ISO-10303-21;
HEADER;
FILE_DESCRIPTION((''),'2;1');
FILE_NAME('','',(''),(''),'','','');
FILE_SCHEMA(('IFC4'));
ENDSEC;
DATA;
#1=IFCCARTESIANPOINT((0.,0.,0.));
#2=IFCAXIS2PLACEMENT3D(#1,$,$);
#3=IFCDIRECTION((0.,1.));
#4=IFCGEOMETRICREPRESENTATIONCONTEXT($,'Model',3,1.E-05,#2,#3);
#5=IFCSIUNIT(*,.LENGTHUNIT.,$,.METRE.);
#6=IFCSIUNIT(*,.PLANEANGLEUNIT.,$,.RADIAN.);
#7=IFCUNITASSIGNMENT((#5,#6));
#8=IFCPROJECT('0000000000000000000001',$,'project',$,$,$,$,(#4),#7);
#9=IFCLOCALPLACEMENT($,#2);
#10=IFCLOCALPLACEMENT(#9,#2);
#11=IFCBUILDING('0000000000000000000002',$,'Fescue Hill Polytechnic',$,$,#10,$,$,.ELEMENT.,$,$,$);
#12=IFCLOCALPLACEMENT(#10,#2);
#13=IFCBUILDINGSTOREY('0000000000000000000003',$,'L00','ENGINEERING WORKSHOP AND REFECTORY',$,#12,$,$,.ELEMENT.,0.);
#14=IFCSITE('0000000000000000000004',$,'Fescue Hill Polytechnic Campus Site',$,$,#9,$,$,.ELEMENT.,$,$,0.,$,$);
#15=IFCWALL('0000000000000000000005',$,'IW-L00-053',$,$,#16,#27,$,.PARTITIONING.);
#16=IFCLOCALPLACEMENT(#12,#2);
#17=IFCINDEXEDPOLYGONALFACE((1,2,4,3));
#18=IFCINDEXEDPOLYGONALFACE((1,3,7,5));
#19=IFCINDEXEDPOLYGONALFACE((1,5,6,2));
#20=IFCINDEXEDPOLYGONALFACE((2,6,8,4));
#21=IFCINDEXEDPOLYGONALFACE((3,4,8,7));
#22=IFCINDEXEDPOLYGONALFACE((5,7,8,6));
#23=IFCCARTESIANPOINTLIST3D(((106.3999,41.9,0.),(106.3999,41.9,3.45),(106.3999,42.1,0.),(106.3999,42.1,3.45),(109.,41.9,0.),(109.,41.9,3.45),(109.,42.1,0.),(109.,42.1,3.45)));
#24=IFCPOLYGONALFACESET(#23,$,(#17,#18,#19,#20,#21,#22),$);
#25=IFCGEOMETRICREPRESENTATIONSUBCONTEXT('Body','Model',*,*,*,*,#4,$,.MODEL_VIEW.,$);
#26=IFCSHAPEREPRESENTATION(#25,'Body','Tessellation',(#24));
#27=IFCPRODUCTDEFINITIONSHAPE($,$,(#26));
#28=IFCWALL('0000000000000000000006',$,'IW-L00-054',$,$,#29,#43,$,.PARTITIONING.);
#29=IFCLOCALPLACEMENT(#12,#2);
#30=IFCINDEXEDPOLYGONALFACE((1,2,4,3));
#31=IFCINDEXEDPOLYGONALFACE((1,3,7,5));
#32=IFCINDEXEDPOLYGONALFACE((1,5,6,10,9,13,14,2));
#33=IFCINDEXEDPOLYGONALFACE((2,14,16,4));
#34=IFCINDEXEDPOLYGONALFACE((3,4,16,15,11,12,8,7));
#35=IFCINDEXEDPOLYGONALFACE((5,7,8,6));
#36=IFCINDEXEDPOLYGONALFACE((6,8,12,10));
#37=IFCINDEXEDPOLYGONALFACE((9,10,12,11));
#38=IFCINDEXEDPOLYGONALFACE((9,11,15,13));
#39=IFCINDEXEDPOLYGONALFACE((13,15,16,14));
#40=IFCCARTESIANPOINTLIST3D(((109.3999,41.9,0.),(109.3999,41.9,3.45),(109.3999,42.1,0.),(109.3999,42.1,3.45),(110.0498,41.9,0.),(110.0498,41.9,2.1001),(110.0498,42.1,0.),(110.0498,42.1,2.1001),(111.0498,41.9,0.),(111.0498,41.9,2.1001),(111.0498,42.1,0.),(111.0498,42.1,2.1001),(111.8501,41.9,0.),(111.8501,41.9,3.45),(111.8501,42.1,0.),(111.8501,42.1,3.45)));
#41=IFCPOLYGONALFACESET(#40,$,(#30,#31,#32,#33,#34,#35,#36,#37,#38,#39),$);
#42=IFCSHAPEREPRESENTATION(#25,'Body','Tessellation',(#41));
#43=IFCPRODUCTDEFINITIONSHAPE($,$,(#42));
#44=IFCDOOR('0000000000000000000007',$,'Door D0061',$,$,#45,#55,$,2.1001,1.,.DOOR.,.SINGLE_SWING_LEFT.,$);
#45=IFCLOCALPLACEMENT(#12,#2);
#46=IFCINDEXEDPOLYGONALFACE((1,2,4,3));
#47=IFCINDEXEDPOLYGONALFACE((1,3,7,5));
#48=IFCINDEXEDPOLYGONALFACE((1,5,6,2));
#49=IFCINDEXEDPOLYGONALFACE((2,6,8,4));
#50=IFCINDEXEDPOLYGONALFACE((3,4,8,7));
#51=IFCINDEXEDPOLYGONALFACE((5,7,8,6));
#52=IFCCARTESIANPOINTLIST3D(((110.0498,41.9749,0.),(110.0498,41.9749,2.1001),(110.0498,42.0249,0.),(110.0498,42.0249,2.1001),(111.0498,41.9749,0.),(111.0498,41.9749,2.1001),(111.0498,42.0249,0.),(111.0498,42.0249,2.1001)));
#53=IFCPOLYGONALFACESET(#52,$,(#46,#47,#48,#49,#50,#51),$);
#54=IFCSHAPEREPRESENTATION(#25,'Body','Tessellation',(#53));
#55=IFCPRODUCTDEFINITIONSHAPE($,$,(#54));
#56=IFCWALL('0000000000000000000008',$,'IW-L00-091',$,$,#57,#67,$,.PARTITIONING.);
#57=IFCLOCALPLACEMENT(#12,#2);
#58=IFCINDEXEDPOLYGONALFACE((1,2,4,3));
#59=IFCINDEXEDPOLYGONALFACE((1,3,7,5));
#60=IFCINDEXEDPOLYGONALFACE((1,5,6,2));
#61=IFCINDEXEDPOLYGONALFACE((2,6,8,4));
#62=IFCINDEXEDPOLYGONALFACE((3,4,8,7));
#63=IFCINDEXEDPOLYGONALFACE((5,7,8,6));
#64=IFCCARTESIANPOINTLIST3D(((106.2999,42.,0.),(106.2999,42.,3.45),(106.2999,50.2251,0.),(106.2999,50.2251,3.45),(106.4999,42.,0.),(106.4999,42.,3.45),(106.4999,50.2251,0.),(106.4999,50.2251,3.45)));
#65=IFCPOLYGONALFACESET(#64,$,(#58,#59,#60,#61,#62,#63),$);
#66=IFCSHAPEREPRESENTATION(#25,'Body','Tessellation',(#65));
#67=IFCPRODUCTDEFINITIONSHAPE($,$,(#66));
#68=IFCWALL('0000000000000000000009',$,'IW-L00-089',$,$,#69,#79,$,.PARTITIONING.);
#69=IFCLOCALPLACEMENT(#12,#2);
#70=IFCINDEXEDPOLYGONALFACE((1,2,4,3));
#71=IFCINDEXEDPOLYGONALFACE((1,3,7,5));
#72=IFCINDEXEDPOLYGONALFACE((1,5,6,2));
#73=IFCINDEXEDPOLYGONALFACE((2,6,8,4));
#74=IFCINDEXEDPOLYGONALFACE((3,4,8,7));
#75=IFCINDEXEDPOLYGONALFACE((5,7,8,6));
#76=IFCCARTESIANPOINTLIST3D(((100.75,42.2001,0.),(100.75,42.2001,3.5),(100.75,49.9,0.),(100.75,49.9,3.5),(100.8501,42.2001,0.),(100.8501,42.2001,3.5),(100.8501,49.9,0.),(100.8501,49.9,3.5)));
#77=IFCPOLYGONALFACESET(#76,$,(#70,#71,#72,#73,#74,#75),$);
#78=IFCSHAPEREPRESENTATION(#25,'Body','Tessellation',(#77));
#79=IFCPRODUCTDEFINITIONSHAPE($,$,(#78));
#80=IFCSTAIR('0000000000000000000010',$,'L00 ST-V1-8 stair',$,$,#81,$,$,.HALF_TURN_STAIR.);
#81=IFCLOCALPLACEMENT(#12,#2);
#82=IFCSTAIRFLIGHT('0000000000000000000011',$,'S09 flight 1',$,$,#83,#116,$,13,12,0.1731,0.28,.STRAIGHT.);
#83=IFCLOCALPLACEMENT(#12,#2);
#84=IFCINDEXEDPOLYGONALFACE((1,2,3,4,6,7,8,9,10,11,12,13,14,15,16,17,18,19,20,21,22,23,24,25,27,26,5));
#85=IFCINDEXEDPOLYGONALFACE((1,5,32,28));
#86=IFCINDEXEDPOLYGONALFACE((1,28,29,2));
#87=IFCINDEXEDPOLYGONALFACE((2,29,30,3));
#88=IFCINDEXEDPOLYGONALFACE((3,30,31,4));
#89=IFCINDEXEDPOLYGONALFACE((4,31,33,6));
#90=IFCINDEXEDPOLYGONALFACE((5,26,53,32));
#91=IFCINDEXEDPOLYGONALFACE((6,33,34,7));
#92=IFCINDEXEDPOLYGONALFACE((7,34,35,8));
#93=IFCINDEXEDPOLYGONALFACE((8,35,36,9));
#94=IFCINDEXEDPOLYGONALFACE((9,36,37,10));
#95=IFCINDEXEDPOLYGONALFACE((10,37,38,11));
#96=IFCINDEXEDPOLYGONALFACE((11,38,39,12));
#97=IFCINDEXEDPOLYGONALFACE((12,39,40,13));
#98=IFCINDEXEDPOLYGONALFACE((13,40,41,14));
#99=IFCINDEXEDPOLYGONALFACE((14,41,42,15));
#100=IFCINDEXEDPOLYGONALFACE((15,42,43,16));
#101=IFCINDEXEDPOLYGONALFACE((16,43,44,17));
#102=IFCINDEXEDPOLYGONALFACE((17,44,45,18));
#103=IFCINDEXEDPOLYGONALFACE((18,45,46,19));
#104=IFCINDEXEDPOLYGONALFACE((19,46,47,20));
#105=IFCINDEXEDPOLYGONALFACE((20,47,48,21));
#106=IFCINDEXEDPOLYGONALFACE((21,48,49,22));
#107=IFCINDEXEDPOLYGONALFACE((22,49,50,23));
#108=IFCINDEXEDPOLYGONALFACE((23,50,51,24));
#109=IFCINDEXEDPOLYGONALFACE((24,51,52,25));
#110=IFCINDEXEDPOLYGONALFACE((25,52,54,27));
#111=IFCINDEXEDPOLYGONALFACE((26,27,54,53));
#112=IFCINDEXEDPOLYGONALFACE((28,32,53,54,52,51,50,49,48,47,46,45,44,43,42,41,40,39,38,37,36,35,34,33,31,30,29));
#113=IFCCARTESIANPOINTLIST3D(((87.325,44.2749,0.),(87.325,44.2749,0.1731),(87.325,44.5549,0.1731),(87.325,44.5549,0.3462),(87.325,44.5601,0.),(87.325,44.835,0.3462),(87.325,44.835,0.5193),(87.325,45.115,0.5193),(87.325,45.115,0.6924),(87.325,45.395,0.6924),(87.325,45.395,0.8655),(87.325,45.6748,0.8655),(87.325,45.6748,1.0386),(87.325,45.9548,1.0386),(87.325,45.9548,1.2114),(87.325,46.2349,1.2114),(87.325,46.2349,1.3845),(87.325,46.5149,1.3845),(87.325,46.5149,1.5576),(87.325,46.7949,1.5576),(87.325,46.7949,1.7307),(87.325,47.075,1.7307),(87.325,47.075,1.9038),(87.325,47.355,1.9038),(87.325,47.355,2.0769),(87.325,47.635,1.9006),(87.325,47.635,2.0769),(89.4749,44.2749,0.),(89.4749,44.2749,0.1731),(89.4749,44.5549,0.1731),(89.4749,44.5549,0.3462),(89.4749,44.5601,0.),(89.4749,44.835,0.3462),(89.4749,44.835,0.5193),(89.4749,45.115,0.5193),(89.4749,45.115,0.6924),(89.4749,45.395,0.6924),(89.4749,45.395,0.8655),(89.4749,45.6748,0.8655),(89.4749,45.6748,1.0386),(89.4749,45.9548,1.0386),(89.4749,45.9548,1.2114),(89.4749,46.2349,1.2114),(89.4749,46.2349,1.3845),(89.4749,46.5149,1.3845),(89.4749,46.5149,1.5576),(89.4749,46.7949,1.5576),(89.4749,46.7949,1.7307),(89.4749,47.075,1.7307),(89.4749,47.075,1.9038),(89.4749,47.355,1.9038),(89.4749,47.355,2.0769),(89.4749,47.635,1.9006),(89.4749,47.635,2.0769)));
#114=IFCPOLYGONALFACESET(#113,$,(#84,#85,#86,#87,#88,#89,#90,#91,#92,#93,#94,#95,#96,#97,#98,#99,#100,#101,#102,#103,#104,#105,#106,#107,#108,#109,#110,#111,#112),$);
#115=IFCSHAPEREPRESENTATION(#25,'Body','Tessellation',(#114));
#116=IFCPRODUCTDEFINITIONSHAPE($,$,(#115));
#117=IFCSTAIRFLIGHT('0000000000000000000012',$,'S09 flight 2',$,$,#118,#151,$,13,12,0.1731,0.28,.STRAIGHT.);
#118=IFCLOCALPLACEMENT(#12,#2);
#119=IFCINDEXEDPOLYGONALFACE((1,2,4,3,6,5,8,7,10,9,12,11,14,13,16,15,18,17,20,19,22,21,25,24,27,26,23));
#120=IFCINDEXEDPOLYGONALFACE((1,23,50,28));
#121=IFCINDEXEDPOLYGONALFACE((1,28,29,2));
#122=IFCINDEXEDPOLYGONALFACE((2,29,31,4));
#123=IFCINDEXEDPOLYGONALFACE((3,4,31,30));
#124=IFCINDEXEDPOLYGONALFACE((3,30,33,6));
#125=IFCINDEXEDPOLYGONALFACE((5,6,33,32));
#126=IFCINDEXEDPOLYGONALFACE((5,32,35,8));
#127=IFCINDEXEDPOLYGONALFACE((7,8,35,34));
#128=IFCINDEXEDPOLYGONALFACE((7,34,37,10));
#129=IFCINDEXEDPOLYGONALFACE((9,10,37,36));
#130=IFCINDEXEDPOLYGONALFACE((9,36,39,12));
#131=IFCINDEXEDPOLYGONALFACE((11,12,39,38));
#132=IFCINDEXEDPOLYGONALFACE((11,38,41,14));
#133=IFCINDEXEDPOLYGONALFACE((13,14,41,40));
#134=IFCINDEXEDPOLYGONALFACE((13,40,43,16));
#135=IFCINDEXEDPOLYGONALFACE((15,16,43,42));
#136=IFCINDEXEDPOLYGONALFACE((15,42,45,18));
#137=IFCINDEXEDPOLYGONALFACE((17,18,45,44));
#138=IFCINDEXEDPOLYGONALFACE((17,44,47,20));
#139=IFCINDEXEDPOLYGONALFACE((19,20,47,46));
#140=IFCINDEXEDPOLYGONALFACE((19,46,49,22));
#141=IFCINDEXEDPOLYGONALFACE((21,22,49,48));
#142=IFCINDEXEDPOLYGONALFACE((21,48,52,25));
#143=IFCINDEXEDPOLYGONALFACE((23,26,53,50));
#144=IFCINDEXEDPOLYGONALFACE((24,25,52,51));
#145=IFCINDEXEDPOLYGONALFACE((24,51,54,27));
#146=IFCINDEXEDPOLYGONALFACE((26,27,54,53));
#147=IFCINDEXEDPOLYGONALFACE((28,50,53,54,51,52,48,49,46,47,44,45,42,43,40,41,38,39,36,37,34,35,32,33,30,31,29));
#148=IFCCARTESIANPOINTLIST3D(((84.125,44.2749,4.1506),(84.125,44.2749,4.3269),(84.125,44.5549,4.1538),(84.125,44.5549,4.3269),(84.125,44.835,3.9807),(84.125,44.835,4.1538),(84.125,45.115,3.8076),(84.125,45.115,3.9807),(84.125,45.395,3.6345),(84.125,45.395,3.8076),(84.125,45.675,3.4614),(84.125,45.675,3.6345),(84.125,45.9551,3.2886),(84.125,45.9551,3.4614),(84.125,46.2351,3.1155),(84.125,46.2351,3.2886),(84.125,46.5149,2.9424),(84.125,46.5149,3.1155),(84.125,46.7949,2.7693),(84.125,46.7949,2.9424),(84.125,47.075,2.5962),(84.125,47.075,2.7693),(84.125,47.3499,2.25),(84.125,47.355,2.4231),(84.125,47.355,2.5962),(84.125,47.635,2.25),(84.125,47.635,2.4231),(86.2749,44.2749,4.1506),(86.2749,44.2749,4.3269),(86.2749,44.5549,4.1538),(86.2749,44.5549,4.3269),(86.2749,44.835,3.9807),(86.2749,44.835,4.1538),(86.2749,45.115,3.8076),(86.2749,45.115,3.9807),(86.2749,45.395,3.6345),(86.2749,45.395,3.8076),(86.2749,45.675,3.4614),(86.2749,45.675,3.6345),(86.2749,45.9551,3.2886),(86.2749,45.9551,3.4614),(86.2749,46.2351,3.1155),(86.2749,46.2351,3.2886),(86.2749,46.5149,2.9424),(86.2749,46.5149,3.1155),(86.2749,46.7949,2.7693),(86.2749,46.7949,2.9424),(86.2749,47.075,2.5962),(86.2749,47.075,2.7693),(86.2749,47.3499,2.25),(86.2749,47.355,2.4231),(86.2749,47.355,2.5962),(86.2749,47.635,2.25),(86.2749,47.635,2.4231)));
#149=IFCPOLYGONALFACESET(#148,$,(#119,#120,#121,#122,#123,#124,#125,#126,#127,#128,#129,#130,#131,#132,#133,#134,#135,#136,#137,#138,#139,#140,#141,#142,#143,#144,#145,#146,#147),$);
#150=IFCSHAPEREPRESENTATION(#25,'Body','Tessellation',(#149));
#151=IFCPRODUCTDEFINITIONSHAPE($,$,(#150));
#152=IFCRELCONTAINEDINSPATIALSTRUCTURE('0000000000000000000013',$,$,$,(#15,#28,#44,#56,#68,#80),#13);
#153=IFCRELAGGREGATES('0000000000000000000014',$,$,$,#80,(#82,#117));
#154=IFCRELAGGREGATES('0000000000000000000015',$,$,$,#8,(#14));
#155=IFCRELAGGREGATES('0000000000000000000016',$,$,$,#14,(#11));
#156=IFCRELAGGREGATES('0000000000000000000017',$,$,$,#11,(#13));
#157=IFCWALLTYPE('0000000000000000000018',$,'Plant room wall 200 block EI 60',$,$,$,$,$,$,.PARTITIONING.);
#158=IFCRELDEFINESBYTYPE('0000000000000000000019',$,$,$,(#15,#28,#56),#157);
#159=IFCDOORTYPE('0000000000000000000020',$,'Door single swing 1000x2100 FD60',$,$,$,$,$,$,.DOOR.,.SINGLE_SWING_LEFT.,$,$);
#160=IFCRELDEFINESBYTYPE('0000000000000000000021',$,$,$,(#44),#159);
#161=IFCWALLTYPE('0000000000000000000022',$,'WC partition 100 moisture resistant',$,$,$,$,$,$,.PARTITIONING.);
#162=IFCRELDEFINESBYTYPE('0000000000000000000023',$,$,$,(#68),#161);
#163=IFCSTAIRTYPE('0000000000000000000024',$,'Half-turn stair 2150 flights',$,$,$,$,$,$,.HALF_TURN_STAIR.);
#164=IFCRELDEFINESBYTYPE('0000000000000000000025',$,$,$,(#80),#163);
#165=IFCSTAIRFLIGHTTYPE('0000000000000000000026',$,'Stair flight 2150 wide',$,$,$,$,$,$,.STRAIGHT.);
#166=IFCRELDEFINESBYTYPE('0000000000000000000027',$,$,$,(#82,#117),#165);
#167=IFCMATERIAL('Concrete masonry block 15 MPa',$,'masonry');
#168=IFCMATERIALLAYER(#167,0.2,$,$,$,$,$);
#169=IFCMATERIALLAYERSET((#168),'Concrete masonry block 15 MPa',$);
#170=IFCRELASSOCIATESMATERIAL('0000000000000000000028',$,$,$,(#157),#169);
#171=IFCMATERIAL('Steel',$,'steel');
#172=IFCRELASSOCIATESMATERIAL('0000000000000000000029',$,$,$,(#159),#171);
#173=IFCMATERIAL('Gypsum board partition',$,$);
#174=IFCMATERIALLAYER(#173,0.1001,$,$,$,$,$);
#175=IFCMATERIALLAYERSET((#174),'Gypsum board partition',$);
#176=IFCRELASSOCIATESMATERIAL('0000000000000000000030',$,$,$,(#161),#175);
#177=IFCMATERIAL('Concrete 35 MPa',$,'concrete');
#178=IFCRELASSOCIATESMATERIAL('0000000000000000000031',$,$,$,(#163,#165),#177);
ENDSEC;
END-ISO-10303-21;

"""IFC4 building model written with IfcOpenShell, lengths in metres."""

from ifc_helpers import new_model, si_unit, direction, frame, frame_2d, origin, place, context, subcontext, project, spatial, polyline, rectangle, outline, extrude, material, layer, layer_set, type_object, element, fill, aggregate, save


model = new_model("IFC4")

# Units and contexts
model_context = context("Model", 3, precision=1e-05, world=origin(), true_north=direction((0.0, 1.0)))
body_context = subcontext(model_context, "Body", "Model", "MODEL_VIEW")
ifc_project = project(units=[si_unit("LENGTHUNIT", "METRE"), si_unit("PLANEANGLEUNIT", "RADIAN")], contexts=[model_context])

# Site, building, storey
site_placement = place(None, origin())
site = spatial("IfcSite", under=ifc_project, at=site_placement, Name="Fescue Hill Polytechnic Campus Site", CompositionType="ELEMENT", RefElevation=0.0)
building_placement = place(site_placement, origin())
building = spatial("IfcBuilding", under=site, at=building_placement, Name="Fescue Hill Polytechnic", CompositionType="ELEMENT")
storey_placement = place(building_placement, origin())
storey = spatial("IfcBuildingStorey", under=building, at=storey_placement, Name="L00", Description="ENGINEERING WORKSHOP AND REFECTORY", CompositionType="ELEMENT", Elevation=0.0)

# Wall
ifc_material_1 = material(Name="Concrete masonry block 15 MPa", Category="masonry")
ifc_layer_1 = layer(ifc_material_1, 0.2)
ifc_layer_set_1 = layer_set([ifc_layer_1], Name="Concrete masonry block 15 MPa")
wall_type_1 = type_object("IfcWallType", Name="Plant room wall 200 block EI 60", PredefinedType="PARTITIONING", material=ifc_layer_set_1)
wall_1_placement = place(storey_placement, frame((106.3999, 42.0, 0.0), z_axis=(0.0, 0.0, 1.0), x_axis=(1.0, 0.0, 0.0)))
element("IfcWall", 1, at=wall_1_placement, inside=storey, type_object=wall_type_1, Name="IW-L00-053", PredefinedType="PARTITIONING", context=body_context, shape_type="SweptSolid", body=[
    extrude(rectangle(XDim=2.6001, YDim=0.2, at=frame_2d((1.3, 0.0))), origin(), (0.0, 0.0, 1.0), 3.45),
])

# Wall, opening, door
wall_2_placement = place(storey_placement, frame((109.3999, 42.0, 0.0), z_axis=(0.0, 0.0, 1.0), x_axis=(1.0, 0.0, 0.0)))
wall_2 = element("IfcWall", 2, at=wall_2_placement, inside=storey, type_object=wall_type_1, Name="IW-L00-054", PredefinedType="PARTITIONING", context=body_context, shape_type="SweptSolid", body=[
    extrude(rectangle(XDim=2.4502, YDim=0.2, at=frame_2d((1.2251, 0.0))), origin(), (0.0, 0.0, 1.0), 3.45),
])
opening_1_placement = place(wall_2_placement, frame((0.6499, 0.0, 0.0)))
opening_1 = element("IfcOpeningElement", 3, at=opening_1_placement, cuts=wall_2, PredefinedType="OPENING", context=body_context, shape_type="SweptSolid", body=[
    extrude(rectangle(XDim=1.0, YDim=2.1001, at=frame_2d((0.5, 1.05))), frame((0.0, 0.1099, 0.0), z_axis=(0.0, -1.0, 0.0), x_axis=(1.0, 0.0, 0.0)), (0.0, 0.0, 1.0), 0.22),
])
ifc_material_2 = material(Name="Steel", Category="steel")
door_type_1 = type_object("IfcDoorType", Name="Door single swing 1000x2100 FD60", OperationType="SINGLE_SWING_LEFT", PredefinedType="DOOR", material=ifc_material_2)
door_1_placement = place(opening_1_placement, origin())
door_1 = element("IfcDoor", 4, at=door_1_placement, inside=storey, type_object=door_type_1, Name="Door D0061", OperationType="SINGLE_SWING_LEFT", OverallHeight=2.1001, OverallWidth=1.0, PredefinedType="DOOR", context=body_context, shape_type="SweptSolid", body=[
    extrude(rectangle(XDim=1.0, YDim=2.1001, at=frame_2d((0.5, 1.05))), frame((0.0, 0.0249, 0.0), z_axis=(0.0, -1.0, 0.0), x_axis=(1.0, 0.0, 0.0)), (0.0, 0.0, 1.0), 0.05),
])
fill(opening_1, door_1)

# Walls
wall_3_placement = place(storey_placement, frame((106.3999, 42.0, 0.0), z_axis=(0.0, 0.0, 1.0), x_axis=(0.0, 1.0, 0.0)))
element("IfcWall", 5, at=wall_3_placement, inside=storey, type_object=wall_type_1, Name="IW-L00-091", PredefinedType="PARTITIONING", context=body_context, shape_type="SweptSolid", body=[
    extrude(rectangle(XDim=8.2251, YDim=0.2, at=frame_2d((4.1125, 0.0))), origin(), (0.0, 0.0, 1.0), 3.45),
])
ifc_material_3 = material(Name="Gypsum board partition")
ifc_layer_2 = layer(ifc_material_3, 0.1001)
ifc_layer_set_2 = layer_set([ifc_layer_2], Name="Gypsum board partition")
wall_type_2 = type_object("IfcWallType", Name="WC partition 100 moisture resistant", PredefinedType="PARTITIONING", material=ifc_layer_set_2)
wall_4_placement = place(storey_placement, frame((100.8, 42.2, 0.0), z_axis=(0.0, 0.0, 1.0), x_axis=(0.0, 1.0, 0.0)))
element("IfcWall", 6, at=wall_4_placement, inside=storey, type_object=wall_type_2, Name="IW-L00-089", PredefinedType="PARTITIONING", context=body_context, shape_type="SweptSolid", body=[
    extrude(rectangle(XDim=7.7, YDim=0.1001, at=frame_2d((3.8501, 0.0))), origin(), (0.0, 0.0, 1.0), 3.5),
])

# Stair, stair flights
ifc_material_4 = material(Name="Concrete 35 MPa", Category="concrete")
stair_type = type_object("IfcStairType", Name="Half-turn stair 2150 flights", PredefinedType="HALF_TURN_STAIR", material=ifc_material_4)
stair_1_placement = place(storey_placement, origin())
stair_1 = element("IfcStair", 7, at=stair_1_placement, inside=storey, type_object=stair_type, Name="L00 ST-V1-8 stair", PredefinedType="HALF_TURN_STAIR")
stair_flight_type = type_object("IfcStairFlightType", Name="Stair flight 2150 wide", PredefinedType="STRAIGHT", material=ifc_material_4)
stair_flight_1_placement = place(storey_placement, frame((88.3999, 44.2749, 0.0), z_axis=(0.0, 0.0, 1.0), x_axis=(0.0, 1.0, 0.0)))
stair_flight_1 = element("IfcStairFlight", 8, at=stair_flight_1_placement, type_object=stair_flight_type, Name="S09 flight 1", NumberOfRisers=13, NumberOfTreads=12, PredefinedType="STRAIGHT", RiserHeight=0.1731, TreadLength=0.28, context=body_context, shape_type="SweptSolid", body=[
    extrude(outline(polyline([(0.0, 0.0), (0.0, 0.1731), (0.28, 0.1731), (0.28, 0.3462), (0.5601, 0.3462), (0.5601, 0.5193), (0.8401, 0.5193), (0.8401, 0.6924), (1.1201, 0.6924), (1.1201, 0.8655), (1.3999, 0.8655), (1.3999, 1.0386), (1.6799, 1.0386), (1.6799, 1.2114), (1.96, 1.2114), (1.96, 1.3845), (2.24, 1.3845), (2.24, 1.5576), (2.52, 1.5576), (2.52, 1.7307), (2.8, 1.7307), (2.8, 1.9038), (3.0801, 1.9038), (3.0801, 2.0769), (3.3601, 2.0769), (3.3601, 2.25), (3.3601, 1.9006), (0.2852, 0.0), (0.0, 0.0)])), frame((0.0, 1.075, 0.0), z_axis=(0.0, -1.0, 0.0), x_axis=(1.0, 0.0, 0.0)), (0.0, 0.0, 1.0), 2.1499),
])
stair_flight_2_placement = place(storey_placement, frame((85.2, 47.635, 2.25), z_axis=(0.0, 0.0, 1.0), x_axis=(0.0, -1.0, 0.0)))
stair_flight_2 = element("IfcStairFlight", 9, at=stair_flight_2_placement, type_object=stair_flight_type, Name="S09 flight 2", NumberOfRisers=13, NumberOfTreads=12, PredefinedType="STRAIGHT", RiserHeight=0.1731, TreadLength=0.28, context=body_context, shape_type="SweptSolid", body=[
    extrude(outline(polyline([(0.0, 0.0), (0.0, 0.1731), (0.28, 0.1731), (0.28, 0.3462), (0.5601, 0.3462), (0.5601, 0.5193), (0.8401, 0.5193), (0.8401, 0.6924), (1.1201, 0.6924), (1.1201, 0.8655), (1.3999, 0.8655), (1.3999, 1.0386), (1.6799, 1.0386), (1.6799, 1.2114), (1.96, 1.2114), (1.96, 1.3845), (2.24, 1.3845), (2.24, 1.5576), (2.52, 1.5576), (2.52, 1.7307), (2.8, 1.7307), (2.8, 1.9038), (3.0801, 1.9038), (3.0801, 2.0769), (3.3601, 2.0769), (3.3601, 2.25), (3.3601, 1.9006), (0.2852, 0.0), (0.0, 0.0)])), frame((0.0, 1.075, 0.0), z_axis=(0.0, -1.0, 0.0), x_axis=(1.0, 0.0, 0.0)), (0.0, 0.0, 1.0), 2.1499),
])
aggregate(stair_1, [stair_flight_1, stair_flight_2])

save(model, "model.ifc")
